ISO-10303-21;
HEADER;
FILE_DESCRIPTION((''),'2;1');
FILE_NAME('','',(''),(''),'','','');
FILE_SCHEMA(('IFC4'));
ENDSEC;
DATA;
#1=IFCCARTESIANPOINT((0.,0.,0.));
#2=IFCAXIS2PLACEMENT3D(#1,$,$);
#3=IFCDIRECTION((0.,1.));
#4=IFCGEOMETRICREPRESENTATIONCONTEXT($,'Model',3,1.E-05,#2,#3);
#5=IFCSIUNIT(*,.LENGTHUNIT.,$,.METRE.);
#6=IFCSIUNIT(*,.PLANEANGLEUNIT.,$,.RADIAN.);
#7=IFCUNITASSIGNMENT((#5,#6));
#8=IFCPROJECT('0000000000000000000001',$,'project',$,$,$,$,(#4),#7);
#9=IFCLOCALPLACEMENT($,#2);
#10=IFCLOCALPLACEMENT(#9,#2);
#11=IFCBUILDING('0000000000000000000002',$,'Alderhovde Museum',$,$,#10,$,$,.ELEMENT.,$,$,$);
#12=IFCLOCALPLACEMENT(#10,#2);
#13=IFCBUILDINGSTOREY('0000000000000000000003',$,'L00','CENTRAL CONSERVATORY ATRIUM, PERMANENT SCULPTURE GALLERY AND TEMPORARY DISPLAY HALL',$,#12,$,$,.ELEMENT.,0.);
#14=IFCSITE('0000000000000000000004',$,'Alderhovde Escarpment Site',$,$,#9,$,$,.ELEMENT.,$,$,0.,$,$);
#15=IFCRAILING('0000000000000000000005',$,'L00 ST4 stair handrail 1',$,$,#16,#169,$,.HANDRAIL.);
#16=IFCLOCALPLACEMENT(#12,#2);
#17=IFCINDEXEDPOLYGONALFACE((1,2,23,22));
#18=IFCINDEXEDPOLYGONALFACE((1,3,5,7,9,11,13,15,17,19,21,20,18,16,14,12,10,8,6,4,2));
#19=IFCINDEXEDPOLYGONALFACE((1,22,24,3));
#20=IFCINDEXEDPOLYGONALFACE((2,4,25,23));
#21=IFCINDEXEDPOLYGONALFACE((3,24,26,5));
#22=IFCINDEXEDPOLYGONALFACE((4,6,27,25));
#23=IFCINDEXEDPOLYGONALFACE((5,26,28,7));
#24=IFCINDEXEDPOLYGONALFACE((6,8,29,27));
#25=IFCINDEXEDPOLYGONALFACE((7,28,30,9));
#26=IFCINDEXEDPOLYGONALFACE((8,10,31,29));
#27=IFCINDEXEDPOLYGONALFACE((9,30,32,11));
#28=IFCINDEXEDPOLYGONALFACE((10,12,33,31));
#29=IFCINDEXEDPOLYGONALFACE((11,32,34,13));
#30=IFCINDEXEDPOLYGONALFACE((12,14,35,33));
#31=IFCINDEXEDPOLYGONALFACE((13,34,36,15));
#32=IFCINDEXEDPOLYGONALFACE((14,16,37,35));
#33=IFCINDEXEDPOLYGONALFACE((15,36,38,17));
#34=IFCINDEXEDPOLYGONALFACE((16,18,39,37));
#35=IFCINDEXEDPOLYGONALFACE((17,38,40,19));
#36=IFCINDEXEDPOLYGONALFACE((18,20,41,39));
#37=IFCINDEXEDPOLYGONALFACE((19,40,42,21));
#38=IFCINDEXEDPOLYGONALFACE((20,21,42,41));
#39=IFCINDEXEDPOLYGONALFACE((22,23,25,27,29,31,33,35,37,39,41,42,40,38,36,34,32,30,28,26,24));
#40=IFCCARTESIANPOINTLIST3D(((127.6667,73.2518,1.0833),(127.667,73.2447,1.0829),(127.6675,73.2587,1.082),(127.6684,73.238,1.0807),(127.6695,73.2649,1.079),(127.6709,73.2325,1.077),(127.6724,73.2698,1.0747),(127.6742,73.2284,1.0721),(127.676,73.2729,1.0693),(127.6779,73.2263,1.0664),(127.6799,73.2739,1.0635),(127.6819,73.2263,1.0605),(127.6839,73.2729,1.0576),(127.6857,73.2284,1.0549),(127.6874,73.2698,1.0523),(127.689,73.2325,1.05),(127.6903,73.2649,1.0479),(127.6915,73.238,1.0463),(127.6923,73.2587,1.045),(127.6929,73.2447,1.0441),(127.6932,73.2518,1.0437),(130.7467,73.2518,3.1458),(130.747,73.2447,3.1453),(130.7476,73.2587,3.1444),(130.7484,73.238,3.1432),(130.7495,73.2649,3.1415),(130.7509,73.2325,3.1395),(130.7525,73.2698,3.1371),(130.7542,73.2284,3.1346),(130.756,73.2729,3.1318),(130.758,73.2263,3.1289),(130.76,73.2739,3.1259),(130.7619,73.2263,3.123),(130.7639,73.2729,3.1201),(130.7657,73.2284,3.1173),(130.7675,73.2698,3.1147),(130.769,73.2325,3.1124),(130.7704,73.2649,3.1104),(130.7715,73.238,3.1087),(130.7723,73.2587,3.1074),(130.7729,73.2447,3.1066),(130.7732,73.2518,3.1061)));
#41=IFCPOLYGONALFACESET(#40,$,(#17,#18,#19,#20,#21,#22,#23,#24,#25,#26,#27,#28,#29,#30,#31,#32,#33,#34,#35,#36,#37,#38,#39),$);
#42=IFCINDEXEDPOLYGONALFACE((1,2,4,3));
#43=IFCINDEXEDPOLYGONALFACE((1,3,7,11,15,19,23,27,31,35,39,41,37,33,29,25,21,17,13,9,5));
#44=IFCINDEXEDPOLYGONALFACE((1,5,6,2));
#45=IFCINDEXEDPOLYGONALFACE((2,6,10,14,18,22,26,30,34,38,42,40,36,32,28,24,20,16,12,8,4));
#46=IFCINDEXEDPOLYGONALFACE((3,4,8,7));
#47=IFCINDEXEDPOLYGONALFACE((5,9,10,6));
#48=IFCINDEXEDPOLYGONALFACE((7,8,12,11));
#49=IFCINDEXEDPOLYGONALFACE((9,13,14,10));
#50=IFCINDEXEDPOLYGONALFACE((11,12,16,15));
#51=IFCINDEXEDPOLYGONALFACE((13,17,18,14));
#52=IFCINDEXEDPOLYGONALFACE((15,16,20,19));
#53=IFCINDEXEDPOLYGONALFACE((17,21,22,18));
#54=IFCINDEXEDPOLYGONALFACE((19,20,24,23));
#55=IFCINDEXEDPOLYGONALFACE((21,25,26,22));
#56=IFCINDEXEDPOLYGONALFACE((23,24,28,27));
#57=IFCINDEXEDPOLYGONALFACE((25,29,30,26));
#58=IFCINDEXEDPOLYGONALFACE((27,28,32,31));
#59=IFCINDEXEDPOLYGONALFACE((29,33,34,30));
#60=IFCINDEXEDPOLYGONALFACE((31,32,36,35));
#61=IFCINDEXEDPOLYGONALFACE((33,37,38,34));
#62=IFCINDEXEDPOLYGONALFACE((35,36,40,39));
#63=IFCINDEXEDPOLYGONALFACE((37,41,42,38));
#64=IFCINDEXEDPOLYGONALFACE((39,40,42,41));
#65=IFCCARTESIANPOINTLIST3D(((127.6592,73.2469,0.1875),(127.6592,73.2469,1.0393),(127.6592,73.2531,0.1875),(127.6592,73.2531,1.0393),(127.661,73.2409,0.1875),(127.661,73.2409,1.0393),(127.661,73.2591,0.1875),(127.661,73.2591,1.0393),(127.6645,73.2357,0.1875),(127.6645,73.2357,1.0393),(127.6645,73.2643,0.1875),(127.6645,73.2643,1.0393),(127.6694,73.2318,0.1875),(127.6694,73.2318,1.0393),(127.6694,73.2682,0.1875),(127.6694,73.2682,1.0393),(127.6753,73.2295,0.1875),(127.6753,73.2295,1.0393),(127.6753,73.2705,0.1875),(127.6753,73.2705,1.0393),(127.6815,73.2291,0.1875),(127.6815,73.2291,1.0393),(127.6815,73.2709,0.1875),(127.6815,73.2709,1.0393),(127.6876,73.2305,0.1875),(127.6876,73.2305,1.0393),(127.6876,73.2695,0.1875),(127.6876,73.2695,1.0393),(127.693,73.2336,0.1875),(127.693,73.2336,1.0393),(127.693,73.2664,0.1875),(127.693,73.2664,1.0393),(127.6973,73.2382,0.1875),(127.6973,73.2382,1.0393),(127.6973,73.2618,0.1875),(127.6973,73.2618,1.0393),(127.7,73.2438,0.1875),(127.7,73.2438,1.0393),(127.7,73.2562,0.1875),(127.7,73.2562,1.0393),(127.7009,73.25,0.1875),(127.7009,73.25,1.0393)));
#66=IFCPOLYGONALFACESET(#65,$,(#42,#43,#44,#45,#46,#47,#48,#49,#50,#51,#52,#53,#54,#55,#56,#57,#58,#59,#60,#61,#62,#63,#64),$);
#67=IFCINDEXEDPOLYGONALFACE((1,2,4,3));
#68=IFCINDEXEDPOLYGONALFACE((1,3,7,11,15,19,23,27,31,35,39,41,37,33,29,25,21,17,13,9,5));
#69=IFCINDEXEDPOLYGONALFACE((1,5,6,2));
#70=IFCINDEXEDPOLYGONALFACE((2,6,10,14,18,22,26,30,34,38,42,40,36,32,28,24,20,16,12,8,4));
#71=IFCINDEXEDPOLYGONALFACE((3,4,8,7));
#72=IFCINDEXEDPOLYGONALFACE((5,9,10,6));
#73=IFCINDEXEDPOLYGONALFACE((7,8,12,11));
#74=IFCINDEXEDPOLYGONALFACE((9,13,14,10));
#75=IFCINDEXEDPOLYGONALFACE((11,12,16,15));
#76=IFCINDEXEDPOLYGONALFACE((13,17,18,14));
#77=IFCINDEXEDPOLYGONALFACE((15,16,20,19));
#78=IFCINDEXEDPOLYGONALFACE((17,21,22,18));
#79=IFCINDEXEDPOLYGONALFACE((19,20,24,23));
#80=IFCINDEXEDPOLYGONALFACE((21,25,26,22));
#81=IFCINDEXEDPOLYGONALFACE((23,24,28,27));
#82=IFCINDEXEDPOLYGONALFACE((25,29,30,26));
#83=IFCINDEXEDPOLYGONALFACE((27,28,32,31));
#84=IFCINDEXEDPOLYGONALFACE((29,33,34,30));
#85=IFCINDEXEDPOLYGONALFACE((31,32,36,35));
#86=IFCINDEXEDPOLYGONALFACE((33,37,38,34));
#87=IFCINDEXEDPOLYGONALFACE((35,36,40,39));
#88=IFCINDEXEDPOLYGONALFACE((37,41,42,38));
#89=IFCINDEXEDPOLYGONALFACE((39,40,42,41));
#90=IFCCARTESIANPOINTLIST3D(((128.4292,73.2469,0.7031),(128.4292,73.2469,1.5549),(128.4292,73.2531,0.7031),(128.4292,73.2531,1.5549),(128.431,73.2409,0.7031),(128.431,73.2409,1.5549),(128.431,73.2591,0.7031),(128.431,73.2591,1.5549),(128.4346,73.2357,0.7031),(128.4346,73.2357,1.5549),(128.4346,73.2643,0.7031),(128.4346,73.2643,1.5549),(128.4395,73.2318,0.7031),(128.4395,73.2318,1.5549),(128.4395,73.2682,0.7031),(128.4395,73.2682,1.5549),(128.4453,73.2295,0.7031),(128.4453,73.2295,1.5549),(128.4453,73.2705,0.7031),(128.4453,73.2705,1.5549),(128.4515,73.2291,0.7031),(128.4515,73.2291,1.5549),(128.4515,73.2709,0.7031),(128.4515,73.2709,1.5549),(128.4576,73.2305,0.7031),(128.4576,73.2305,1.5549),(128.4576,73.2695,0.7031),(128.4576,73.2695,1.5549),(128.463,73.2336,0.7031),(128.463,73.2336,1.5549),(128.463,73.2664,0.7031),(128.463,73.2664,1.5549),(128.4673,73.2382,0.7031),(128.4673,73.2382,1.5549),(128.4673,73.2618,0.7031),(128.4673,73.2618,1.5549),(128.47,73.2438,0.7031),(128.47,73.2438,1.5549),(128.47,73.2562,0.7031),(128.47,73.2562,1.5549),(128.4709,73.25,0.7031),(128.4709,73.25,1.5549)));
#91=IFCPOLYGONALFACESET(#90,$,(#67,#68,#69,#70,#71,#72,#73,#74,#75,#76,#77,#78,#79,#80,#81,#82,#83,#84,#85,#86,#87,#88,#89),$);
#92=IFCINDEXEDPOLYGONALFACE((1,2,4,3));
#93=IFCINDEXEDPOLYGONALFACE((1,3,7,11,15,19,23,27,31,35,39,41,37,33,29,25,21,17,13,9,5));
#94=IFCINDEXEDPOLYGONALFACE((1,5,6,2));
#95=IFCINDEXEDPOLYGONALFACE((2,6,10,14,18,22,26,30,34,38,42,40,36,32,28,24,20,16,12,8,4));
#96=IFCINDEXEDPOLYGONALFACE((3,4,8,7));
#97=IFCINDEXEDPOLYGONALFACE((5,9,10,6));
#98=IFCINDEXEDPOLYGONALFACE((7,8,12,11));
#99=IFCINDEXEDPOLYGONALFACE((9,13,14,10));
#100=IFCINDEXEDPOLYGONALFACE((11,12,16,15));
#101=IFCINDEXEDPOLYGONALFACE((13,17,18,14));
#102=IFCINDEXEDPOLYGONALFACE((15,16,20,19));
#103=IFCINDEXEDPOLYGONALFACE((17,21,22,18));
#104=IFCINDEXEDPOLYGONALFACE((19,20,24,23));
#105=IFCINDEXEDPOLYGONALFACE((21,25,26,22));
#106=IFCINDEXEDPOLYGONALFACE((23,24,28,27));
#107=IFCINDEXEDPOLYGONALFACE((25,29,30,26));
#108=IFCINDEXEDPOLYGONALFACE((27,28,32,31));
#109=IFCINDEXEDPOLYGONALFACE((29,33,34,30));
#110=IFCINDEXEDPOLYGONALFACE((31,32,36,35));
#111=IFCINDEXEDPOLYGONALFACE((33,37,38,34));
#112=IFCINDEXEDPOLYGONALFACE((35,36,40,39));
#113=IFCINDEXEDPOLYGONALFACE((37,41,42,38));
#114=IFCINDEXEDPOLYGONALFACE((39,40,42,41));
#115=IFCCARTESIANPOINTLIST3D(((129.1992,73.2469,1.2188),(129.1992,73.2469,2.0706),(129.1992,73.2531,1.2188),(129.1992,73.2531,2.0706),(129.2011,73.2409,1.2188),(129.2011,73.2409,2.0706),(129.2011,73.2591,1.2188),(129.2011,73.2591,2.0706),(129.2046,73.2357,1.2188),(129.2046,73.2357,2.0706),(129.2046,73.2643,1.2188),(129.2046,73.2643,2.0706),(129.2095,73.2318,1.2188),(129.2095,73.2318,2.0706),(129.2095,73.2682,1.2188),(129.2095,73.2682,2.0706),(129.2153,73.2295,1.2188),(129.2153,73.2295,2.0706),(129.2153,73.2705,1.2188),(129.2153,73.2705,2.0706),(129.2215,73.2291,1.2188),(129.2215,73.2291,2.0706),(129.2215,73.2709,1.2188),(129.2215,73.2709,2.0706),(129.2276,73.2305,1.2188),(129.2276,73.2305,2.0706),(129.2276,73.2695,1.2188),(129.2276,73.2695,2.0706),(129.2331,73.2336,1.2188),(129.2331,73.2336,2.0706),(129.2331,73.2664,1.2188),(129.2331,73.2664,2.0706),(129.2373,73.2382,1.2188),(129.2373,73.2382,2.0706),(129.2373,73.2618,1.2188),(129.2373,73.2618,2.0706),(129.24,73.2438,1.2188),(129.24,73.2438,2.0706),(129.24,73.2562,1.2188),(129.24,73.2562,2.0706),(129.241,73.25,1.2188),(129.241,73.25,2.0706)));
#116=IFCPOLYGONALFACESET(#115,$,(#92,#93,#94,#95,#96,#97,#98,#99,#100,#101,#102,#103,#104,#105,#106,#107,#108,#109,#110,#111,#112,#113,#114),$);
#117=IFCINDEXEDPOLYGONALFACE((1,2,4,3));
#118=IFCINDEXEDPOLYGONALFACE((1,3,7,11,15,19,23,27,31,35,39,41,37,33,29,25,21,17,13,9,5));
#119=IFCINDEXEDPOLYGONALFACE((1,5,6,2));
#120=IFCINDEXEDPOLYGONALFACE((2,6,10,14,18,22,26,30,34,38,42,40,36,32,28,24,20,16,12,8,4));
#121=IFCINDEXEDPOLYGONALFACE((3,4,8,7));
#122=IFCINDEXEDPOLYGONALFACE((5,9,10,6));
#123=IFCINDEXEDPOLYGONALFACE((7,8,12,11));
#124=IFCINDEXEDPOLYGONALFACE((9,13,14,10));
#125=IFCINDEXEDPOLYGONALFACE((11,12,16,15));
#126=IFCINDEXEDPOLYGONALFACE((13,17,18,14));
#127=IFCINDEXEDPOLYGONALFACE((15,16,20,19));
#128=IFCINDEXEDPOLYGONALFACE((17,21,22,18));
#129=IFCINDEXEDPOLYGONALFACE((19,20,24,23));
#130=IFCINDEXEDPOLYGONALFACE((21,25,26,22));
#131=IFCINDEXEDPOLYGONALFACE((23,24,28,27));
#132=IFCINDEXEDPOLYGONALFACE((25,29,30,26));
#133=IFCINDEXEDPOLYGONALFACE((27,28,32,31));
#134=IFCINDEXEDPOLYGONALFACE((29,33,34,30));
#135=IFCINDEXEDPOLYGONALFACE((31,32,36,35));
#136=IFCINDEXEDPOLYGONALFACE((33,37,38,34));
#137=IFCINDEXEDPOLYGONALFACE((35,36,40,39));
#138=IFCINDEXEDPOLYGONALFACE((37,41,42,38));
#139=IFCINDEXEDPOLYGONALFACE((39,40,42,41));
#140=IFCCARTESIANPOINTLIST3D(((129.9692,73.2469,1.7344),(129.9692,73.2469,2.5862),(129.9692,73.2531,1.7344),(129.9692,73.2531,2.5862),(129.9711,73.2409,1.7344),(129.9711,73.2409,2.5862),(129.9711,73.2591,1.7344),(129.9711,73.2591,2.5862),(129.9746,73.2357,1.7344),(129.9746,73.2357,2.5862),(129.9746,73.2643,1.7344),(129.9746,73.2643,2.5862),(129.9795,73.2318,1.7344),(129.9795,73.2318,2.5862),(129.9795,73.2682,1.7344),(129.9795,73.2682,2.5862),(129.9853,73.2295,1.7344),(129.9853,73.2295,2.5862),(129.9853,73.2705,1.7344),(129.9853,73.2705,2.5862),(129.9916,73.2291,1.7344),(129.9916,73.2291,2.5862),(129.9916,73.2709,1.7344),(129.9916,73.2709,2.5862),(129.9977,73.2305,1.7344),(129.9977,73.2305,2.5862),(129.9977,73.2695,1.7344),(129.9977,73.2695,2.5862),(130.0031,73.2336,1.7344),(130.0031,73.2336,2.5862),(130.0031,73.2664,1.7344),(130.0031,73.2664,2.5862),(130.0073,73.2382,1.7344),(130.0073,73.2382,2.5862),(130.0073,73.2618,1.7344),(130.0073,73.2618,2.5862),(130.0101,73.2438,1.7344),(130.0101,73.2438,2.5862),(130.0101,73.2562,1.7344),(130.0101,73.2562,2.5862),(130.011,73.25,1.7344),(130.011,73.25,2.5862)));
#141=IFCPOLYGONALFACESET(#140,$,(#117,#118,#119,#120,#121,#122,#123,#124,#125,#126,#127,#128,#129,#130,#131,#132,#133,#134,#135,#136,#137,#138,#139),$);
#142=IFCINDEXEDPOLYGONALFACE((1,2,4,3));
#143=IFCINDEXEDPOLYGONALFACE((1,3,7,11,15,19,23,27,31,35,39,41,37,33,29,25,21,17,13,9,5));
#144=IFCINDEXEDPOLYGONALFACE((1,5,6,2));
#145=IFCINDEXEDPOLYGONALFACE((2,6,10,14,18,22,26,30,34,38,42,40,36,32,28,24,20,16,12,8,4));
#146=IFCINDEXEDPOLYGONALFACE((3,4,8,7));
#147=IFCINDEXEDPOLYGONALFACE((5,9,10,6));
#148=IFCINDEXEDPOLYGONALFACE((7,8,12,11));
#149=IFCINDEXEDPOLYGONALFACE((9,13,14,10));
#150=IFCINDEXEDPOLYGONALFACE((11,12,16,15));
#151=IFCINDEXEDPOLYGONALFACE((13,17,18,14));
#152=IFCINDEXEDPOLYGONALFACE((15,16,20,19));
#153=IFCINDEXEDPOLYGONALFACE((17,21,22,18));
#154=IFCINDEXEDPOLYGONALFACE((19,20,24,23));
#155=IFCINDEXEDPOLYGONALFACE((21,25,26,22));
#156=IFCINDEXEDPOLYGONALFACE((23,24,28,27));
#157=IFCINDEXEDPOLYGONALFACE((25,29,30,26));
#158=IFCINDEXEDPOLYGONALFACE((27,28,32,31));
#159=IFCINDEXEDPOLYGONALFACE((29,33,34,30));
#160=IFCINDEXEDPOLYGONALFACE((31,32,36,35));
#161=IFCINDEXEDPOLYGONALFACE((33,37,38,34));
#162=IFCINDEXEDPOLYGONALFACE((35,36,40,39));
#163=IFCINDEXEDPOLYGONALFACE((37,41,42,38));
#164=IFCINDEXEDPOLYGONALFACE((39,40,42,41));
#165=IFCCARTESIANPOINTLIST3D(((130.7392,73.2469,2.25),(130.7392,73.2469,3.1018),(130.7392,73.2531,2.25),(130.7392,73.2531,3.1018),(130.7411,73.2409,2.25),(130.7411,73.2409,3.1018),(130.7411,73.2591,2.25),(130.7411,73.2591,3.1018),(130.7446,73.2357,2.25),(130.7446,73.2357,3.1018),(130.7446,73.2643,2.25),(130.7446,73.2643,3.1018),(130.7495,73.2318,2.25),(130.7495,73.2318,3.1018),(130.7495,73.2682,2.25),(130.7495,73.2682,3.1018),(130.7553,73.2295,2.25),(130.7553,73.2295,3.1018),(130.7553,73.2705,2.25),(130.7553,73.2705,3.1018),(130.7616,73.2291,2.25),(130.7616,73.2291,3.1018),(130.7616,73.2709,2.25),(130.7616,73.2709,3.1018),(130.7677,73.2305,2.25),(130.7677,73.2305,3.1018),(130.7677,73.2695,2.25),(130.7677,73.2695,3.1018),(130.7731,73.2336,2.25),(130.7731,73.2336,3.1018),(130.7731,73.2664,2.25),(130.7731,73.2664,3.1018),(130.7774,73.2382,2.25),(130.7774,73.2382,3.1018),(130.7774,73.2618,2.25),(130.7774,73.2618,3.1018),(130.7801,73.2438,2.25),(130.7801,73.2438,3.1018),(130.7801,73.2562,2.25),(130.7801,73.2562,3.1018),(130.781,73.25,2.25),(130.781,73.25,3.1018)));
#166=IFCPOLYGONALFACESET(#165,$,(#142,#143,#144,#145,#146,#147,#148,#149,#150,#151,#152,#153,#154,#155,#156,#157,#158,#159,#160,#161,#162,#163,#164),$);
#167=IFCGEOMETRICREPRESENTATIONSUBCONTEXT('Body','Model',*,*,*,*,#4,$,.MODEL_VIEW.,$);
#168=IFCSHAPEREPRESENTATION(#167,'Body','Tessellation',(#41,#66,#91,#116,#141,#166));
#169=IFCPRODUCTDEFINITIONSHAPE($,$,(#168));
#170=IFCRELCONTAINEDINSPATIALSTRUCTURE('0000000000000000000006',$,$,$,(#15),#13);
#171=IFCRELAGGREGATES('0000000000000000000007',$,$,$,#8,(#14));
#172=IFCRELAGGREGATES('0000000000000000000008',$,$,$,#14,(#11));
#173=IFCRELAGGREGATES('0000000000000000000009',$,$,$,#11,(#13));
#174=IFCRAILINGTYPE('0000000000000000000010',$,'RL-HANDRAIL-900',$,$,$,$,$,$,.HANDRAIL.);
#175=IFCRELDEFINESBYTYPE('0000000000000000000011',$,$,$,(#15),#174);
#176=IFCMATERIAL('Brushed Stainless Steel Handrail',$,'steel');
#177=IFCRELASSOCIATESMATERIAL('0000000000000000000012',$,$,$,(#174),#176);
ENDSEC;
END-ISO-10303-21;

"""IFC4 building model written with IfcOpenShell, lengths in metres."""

from ifc_helpers import new_model, si_unit, direction, frame, origin, origin_2d, place, context, subcontext, project, spatial, circle, extrude, material, type_object, element, save


model = new_model("IFC4")

# Units and contexts
model_context = context("Model", 3, precision=1e-05, world=origin(), true_north=direction((0.0, 1.0)))
body_context = subcontext(model_context, "Body", "Model", "MODEL_VIEW")
ifc_project = project(units=[si_unit("LENGTHUNIT", "METRE"), si_unit("PLANEANGLEUNIT", "RADIAN")], contexts=[model_context])

# Site, building, storey
site_placement = place(None, origin())
site = spatial("IfcSite", under=ifc_project, at=site_placement, Name="Alderhovde Escarpment Site", CompositionType="ELEMENT", RefElevation=0.0)
building_placement = place(site_placement, origin())
building = spatial("IfcBuilding", under=site, at=building_placement, Name="Alderhovde Museum", CompositionType="ELEMENT")
storey_placement = place(building_placement, origin())
storey = spatial("IfcBuildingStorey", under=building, at=storey_placement, Name="L00", Description="CENTRAL CONSERVATORY ATRIUM, PERMANENT SCULPTURE GALLERY AND TEMPORARY DISPLAY HALL", CompositionType="ELEMENT", Elevation=0.0)

# Railing
ifc_material_1 = material(Name="Brushed Stainless Steel Handrail", Category="steel")
railing_type_1 = type_object("IfcRailingType", Name="RL-HANDRAIL-900", PredefinedType="HANDRAIL", material=ifc_material_1)
railing_1_placement = place(storey_placement, frame((127.6799, 73.25, 0.1875)))
element("IfcRailing", 1, at=railing_1_placement, inside=storey, type_object=railing_type_1, Name="L00 ST4 stair handrail 1", PredefinedType="HANDRAIL", context=body_context, shape_type="SweptSolid", body=[
    extrude(circle(Radius=0.0239, at=origin_2d()), frame((0.0, 0.0, 0.876), z_axis=(0.830914, 0.0, 0.556401), x_axis=(0.0, 1.0, 0.0)), (0.0, 0.0, 1.0), 3.7068),
    extrude(circle(Radius=0.021, at=origin_2d()), origin(), (0.0, 0.0, 1.0), 0.8518),
    extrude(circle(Radius=0.021, at=origin_2d()), frame((0.77, 0.0, 0.5156)), (0.0, 0.0, 1.0), 0.8518),
    extrude(circle(Radius=0.021, at=origin_2d()), frame((1.54, 0.0, 1.0312)), (0.0, 0.0, 1.0), 0.8518),
    extrude(circle(Radius=0.021, at=origin_2d()), frame((2.3101, 0.0, 1.5469)), (0.0, 0.0, 1.0), 0.8518),
    extrude(circle(Radius=0.021, at=origin_2d()), frame((3.0801, 0.0, 2.0625)), (0.0, 0.0, 1.0), 0.8518),
])

save(model, "model.ifc")
